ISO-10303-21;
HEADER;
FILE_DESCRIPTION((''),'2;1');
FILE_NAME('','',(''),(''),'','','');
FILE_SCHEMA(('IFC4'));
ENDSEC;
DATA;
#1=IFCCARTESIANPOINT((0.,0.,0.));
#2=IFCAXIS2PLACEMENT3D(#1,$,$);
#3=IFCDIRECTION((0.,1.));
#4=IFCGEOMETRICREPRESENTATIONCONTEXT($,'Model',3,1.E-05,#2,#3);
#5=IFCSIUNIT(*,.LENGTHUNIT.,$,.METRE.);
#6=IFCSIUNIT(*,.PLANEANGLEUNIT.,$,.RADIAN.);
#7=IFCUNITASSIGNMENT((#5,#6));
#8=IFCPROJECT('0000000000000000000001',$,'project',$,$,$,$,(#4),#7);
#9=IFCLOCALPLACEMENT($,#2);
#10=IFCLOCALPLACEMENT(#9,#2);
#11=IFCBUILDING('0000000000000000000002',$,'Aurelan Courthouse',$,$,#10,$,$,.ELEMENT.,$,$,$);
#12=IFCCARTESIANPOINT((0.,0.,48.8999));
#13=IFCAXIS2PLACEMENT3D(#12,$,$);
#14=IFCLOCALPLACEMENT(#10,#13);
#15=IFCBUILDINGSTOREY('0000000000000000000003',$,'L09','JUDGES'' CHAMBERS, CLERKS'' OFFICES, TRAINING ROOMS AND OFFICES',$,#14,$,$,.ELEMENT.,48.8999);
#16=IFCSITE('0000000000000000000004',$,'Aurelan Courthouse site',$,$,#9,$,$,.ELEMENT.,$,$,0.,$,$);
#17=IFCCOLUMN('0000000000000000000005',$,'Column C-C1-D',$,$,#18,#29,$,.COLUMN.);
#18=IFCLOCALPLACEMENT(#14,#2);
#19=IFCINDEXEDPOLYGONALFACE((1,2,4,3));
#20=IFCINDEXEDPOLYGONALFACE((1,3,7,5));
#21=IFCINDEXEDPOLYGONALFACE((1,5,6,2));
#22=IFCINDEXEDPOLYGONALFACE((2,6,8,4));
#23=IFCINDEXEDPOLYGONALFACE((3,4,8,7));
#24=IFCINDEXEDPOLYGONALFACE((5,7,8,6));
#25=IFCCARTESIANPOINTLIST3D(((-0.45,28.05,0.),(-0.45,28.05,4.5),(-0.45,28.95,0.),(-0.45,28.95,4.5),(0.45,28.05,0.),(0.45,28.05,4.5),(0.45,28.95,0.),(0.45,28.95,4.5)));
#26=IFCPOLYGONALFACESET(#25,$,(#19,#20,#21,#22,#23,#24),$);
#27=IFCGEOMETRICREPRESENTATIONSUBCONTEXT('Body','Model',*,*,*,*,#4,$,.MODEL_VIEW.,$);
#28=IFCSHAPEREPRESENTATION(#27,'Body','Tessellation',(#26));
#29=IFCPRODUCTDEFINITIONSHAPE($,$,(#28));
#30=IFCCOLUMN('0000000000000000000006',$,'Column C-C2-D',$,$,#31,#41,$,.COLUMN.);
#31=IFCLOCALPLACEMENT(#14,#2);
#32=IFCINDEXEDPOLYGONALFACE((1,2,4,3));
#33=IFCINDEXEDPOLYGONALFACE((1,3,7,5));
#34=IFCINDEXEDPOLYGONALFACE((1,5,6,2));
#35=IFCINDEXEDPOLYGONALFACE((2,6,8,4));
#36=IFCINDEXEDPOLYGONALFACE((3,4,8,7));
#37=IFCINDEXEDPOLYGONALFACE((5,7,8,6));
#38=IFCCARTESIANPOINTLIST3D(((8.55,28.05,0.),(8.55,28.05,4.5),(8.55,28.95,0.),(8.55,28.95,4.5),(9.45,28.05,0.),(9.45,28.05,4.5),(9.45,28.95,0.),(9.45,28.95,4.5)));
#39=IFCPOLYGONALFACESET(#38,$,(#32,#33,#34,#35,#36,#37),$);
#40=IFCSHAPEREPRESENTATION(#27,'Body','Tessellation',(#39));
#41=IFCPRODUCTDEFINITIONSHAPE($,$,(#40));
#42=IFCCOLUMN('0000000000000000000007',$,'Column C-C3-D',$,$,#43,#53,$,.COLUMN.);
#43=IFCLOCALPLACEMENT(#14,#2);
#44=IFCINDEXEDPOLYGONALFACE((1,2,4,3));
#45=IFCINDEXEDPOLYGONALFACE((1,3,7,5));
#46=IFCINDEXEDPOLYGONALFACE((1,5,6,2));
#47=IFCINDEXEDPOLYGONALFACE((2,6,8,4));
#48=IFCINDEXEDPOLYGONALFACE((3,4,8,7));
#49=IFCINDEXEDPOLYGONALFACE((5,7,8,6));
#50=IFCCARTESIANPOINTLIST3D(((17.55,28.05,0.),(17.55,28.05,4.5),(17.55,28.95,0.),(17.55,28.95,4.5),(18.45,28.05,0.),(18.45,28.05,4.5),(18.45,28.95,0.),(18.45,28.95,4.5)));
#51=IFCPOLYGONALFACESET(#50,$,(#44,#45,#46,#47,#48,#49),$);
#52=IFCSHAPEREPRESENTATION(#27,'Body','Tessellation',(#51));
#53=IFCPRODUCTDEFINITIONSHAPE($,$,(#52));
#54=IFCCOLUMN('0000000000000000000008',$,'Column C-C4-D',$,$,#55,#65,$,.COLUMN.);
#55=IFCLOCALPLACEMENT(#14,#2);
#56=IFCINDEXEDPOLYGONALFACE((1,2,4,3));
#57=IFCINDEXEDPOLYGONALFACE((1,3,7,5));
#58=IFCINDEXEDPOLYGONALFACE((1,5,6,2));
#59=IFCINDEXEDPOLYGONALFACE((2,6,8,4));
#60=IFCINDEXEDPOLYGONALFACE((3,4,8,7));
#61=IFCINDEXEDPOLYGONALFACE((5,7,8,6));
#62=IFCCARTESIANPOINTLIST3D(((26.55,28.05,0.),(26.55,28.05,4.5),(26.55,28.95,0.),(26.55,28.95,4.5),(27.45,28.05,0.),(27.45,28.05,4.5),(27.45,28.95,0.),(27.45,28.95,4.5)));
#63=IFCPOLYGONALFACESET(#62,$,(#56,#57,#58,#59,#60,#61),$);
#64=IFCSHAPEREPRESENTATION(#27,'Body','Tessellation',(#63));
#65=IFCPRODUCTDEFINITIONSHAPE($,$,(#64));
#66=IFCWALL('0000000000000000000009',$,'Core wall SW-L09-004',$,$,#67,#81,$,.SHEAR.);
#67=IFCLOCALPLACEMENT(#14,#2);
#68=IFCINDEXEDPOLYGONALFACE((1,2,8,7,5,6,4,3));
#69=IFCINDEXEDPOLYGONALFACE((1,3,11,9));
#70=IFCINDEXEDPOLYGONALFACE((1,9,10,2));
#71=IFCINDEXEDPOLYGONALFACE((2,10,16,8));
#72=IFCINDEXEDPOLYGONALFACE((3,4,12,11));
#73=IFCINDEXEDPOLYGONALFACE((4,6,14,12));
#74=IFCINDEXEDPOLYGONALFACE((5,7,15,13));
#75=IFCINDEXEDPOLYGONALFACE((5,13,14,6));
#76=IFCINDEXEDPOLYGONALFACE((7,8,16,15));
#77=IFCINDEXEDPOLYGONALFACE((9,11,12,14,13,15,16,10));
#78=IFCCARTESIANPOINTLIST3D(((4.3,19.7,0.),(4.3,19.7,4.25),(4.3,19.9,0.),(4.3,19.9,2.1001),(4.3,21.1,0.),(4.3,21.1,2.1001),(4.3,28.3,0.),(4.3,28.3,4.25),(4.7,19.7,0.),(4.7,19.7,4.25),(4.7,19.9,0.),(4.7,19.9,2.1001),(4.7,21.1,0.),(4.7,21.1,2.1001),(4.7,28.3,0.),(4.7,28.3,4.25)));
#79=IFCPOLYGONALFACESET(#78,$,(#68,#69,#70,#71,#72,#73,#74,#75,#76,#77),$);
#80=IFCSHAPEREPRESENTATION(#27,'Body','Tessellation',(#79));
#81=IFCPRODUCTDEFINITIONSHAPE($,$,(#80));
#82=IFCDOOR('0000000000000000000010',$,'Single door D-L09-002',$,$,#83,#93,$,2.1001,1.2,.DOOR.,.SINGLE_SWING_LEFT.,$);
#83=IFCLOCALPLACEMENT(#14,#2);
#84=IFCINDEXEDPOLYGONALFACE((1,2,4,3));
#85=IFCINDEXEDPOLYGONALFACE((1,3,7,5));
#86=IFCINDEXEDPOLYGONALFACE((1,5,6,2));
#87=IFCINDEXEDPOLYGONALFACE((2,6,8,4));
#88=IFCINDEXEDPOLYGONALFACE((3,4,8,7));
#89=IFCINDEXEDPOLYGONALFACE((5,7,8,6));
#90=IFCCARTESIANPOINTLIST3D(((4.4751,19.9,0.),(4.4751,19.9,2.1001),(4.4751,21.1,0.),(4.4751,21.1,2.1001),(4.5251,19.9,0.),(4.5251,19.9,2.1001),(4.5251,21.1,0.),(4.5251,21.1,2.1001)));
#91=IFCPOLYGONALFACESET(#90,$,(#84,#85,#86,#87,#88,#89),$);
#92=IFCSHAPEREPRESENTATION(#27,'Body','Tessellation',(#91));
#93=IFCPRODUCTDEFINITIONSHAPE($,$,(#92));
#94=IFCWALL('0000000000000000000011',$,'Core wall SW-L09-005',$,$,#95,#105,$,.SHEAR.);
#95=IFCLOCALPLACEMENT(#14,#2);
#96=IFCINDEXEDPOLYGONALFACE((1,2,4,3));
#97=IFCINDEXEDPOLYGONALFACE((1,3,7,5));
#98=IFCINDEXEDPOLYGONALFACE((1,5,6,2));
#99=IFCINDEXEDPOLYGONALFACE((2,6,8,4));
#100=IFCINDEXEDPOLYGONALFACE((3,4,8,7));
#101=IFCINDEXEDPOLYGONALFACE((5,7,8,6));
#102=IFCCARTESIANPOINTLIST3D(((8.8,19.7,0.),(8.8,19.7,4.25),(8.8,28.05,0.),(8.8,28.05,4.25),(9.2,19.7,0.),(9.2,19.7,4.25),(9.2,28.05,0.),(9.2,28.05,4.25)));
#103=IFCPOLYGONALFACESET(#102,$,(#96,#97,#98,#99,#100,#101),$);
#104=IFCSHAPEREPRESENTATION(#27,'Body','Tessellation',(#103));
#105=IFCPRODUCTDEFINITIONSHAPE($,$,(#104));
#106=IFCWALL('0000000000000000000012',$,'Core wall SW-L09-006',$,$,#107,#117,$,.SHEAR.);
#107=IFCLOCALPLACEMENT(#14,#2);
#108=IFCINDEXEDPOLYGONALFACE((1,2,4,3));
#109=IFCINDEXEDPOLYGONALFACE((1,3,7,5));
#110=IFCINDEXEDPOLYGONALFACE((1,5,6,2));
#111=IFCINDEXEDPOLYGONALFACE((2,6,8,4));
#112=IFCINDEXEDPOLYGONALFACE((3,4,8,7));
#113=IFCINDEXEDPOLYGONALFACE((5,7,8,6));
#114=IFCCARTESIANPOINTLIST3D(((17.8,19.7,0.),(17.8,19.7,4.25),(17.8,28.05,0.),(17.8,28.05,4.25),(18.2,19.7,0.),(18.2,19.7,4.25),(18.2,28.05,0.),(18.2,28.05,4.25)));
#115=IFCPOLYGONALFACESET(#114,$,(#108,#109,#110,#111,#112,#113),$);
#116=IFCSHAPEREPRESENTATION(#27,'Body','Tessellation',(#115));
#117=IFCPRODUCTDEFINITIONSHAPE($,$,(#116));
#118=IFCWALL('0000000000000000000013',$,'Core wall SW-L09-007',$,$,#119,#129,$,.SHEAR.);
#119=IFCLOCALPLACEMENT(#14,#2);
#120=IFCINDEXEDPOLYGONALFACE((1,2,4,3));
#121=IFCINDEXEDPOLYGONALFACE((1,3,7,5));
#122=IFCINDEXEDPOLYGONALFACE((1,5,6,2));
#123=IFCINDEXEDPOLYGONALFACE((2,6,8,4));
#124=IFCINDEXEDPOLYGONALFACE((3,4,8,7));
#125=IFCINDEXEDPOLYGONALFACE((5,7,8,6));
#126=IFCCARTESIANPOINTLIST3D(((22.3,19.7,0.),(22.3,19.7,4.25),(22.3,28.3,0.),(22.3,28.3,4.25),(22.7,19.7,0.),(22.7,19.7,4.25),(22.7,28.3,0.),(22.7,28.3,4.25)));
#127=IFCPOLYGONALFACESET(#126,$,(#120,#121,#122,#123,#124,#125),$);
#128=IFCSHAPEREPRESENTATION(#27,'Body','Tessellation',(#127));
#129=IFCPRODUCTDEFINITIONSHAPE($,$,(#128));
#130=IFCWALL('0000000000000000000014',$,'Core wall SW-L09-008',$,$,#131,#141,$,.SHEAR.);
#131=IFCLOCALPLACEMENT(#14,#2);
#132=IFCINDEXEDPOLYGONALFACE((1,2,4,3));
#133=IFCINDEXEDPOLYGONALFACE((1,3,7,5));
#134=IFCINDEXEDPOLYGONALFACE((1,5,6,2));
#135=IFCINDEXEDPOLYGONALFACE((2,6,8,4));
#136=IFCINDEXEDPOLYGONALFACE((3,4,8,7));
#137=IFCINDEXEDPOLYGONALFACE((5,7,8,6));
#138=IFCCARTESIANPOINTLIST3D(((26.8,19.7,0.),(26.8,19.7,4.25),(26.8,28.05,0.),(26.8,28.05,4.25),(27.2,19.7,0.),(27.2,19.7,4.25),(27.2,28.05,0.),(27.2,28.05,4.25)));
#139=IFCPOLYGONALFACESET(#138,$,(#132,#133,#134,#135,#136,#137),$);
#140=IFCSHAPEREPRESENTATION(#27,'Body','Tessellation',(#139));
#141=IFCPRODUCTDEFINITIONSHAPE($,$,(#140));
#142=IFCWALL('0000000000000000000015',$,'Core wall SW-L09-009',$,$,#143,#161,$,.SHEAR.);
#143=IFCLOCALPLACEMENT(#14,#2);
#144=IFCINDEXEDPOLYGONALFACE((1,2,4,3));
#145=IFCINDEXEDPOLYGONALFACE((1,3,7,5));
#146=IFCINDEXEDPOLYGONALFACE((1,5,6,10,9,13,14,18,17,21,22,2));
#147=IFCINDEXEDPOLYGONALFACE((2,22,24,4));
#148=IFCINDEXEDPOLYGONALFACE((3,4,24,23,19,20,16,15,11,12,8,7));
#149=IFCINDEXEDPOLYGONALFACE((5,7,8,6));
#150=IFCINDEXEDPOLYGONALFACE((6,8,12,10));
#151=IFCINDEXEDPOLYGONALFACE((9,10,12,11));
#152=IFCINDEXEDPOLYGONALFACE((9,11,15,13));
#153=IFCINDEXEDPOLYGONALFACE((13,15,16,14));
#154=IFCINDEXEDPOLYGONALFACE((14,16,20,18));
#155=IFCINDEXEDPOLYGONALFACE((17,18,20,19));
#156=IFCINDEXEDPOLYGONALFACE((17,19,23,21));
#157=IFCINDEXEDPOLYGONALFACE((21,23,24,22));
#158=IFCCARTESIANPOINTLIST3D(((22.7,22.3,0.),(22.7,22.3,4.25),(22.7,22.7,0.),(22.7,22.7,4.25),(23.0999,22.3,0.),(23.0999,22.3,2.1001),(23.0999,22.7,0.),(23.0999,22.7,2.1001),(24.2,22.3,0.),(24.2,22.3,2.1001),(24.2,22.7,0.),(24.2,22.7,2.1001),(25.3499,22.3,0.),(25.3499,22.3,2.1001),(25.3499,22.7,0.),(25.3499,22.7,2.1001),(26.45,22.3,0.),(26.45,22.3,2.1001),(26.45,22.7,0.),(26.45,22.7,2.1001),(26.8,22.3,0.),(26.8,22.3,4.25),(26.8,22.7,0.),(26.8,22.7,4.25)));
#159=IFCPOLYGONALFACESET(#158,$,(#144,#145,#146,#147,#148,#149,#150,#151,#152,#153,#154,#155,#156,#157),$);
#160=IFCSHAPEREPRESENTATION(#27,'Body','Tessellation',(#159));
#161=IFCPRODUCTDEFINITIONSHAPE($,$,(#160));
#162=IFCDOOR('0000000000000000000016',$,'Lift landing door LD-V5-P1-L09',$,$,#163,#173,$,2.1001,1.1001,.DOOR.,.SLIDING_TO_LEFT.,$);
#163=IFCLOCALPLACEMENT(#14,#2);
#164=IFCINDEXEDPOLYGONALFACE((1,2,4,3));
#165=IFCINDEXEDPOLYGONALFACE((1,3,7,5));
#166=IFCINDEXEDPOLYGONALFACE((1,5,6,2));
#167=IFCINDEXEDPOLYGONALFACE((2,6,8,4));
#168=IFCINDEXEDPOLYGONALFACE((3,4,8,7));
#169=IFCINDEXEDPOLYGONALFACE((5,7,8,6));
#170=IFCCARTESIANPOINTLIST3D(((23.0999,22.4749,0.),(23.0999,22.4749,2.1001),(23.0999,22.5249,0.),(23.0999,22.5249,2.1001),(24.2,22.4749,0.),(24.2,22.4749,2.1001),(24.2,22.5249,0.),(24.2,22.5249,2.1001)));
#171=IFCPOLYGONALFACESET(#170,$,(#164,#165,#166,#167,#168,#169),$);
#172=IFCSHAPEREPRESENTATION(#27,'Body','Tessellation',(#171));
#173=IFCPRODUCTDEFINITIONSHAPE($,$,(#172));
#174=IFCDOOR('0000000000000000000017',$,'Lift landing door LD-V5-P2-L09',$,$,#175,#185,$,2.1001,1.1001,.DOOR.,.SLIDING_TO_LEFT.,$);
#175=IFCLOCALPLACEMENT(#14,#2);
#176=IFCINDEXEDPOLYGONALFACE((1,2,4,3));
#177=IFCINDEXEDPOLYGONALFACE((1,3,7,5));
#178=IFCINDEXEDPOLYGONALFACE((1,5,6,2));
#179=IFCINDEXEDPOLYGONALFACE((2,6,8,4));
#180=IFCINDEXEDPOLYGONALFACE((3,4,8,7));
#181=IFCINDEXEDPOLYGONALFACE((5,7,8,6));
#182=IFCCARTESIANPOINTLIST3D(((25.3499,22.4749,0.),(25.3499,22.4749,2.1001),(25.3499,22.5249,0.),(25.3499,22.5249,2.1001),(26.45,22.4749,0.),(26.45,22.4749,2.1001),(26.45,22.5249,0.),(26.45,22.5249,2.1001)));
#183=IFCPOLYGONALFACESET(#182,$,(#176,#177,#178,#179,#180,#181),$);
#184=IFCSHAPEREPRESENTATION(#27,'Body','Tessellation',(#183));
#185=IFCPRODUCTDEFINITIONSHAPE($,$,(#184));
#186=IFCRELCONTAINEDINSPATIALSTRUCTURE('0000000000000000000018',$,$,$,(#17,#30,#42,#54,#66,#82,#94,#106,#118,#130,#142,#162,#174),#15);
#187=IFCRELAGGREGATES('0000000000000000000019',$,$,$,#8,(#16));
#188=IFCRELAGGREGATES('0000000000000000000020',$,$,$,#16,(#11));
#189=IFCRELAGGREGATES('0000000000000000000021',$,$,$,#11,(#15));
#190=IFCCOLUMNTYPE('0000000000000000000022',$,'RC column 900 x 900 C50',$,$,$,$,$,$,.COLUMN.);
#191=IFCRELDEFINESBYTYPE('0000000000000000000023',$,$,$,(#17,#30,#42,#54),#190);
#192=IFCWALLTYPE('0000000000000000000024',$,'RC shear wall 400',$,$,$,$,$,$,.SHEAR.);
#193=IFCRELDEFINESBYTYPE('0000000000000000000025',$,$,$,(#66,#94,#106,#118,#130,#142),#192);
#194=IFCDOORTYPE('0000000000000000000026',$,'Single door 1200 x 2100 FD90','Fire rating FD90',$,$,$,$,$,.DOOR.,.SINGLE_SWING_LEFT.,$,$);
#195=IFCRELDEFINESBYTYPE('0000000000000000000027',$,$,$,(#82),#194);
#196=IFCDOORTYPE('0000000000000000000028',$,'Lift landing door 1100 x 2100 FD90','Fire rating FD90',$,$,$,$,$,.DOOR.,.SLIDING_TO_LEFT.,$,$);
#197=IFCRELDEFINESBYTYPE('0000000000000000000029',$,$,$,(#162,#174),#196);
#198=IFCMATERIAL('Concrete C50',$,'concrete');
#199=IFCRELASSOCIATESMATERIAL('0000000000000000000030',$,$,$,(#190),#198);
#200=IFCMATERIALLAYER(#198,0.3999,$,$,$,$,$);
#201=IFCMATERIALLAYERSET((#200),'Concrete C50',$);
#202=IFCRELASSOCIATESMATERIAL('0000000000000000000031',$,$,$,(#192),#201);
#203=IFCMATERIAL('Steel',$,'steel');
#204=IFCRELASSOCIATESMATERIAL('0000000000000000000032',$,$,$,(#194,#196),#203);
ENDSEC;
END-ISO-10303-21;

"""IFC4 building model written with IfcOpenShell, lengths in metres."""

from ifc_helpers import new_model, si_unit, direction, frame, frame_2d, origin, origin_2d, place, context, subcontext, project, spatial, rectangle, extrude, material, layer, layer_set, material_profile, profile_set, type_object, element, fill, save


model = new_model("IFC4")

# Units and contexts
model_context = context("Model", 3, precision=1e-05, world=origin(), true_north=direction((0.0, 1.0)))
body_context = subcontext(model_context, "Body", "Model", "MODEL_VIEW")
ifc_project = project(units=[si_unit("LENGTHUNIT", "METRE"), si_unit("PLANEANGLEUNIT", "RADIAN")], contexts=[model_context])

# Site, building, storey
site_placement = place(None, origin())
site = spatial("IfcSite", under=ifc_project, at=site_placement, Name="Aurelan Courthouse site", CompositionType="ELEMENT", RefElevation=0.0)
building_placement = place(site_placement, origin())
building = spatial("IfcBuilding", under=site, at=building_placement, Name="Aurelan Courthouse", CompositionType="ELEMENT")
storey_placement = place(building_placement, frame((0.0, 0.0, 48.8999)))
storey = spatial("IfcBuildingStorey", under=building, at=storey_placement, Name="L09", Description="JUDGES' CHAMBERS, CLERKS' OFFICES, TRAINING ROOMS AND OFFICES", CompositionType="ELEMENT", Elevation=48.8999)

# Columns
ifc_material_1 = material(Name="Concrete C50", Category="concrete")
ifc_material_profile = material_profile(ifc_material_1, rectangle(XDim=0.8999, YDim=0.8999, at=origin_2d()), Name="RC 900 x 900")
ifc_profile_set = profile_set([ifc_material_profile], Name="Concrete C50")
column_type = type_object("IfcColumnType", Name="RC column 900 x 900 C50", PredefinedType="COLUMN", material=ifc_profile_set)
for number, where, z_axis, x_axis, name in (
    (1, (0.0, 28.5, 0.0), (0.0, 0.0, 1.0), (1.0, 0.0, 0.0), "Column C-C1-D"),
    (2, (9.0, 28.5, 0.0), (0.0, 0.0, 1.0), (1.0, 0.0, 0.0), "Column C-C2-D"),
    (3, (18.0, 28.5, 0.0), (0.0, 0.0, 1.0), (1.0, 0.0, 0.0), "Column C-C3-D"),
    (4, (27.0, 28.5, 0.0), (0.0, 0.0, 1.0), (1.0, 0.0, 0.0), "Column C-C4-D"),
):
    element("IfcColumn", number, at=place(storey_placement, frame(where, z_axis=z_axis, x_axis=x_axis)), inside=storey, type_object=column_type, Name=name, PredefinedType="COLUMN", context=body_context, shape_type="SweptSolid", body=[
        extrude(rectangle(XDim=0.8999, YDim=0.8999, at=origin_2d()), origin(), (0.0, 0.0, 1.0), 4.5),
    ])

# Wall, opening, door
ifc_layer = layer(ifc_material_1, 0.3999)
ifc_layer_set = layer_set([ifc_layer], Name="Concrete C50")
wall_type = type_object("IfcWallType", Name="RC shear wall 400", PredefinedType="SHEAR", material=ifc_layer_set)
wall_1_placement = place(storey_placement, frame((4.5, 19.7, 0.0), z_axis=(0.0, 0.0, 1.0), x_axis=(0.0, 1.0, 0.0)))
wall_1 = element("IfcWall", 5, at=wall_1_placement, inside=storey, type_object=wall_type, Name="Core wall SW-L09-004", PredefinedType="SHEAR", context=body_context, shape_type="SweptSolid", body=[
    extrude(rectangle(XDim=8.6001, YDim=0.3999, at=frame_2d((4.3, 0.0))), origin(), (0.0, 0.0, 1.0), 4.25),
])
opening_1_placement = place(wall_1_placement, frame((0.2, 0.0, 0.0)))
opening_1 = element("IfcOpeningElement", 6, at=opening_1_placement, cuts=wall_1, PredefinedType="OPENING", context=body_context, shape_type="SweptSolid", body=[
    extrude(rectangle(XDim=1.2, YDim=2.1001, at=frame_2d((0.6001, 1.05))), frame((0.0, 0.21, 0.0), z_axis=(0.0, -1.0, 0.0), x_axis=(1.0, 0.0, 0.0)), (0.0, 0.0, 1.0), 0.4199),
])
ifc_material_2 = material(Name="Steel", Category="steel")
door_type_1 = type_object("IfcDoorType", Name="Single door 1200 x 2100 FD90", Description="Fire rating FD90", OperationType="SINGLE_SWING_LEFT", PredefinedType="DOOR", material=ifc_material_2)
door_1_placement = place(opening_1_placement, origin())
door_1 = element("IfcDoor", 7, at=door_1_placement, inside=storey, type_object=door_type_1, Name="Single door D-L09-002", OperationType="SINGLE_SWING_LEFT", OverallHeight=2.1001, OverallWidth=1.2, PredefinedType="DOOR", context=body_context, shape_type="SweptSolid", body=[
    extrude(rectangle(XDim=1.2, YDim=2.1001, at=frame_2d((0.6001, 1.05))), frame((0.0, 0.0249, 0.0), z_axis=(0.0, -1.0, 0.0), x_axis=(1.0, 0.0, 0.0)), (0.0, 0.0, 1.0), 0.05),
])
fill(opening_1, door_1)

# Walls
for number, where, z_axis, x_axis, name in (
    (8, (9.0, 19.7, 0.0), (0.0, 0.0, 1.0), (0.0, 1.0, 0.0), "Core wall SW-L09-005"),
    (9, (18.0, 19.7, 0.0), (0.0, 0.0, 1.0), (0.0, 1.0, 0.0), "Core wall SW-L09-006"),
):
    element("IfcWall", number, at=place(storey_placement, frame(where, z_axis=z_axis, x_axis=x_axis)), inside=storey, type_object=wall_type, Name=name, PredefinedType="SHEAR", context=body_context, shape_type="SweptSolid", body=[
        extrude(rectangle(XDim=8.3501, YDim=0.3999, at=frame_2d((4.175, 0.0))), origin(), (0.0, 0.0, 1.0), 4.25),
    ])
wall_2_placement = place(storey_placement, frame((22.5, 19.7, 0.0), z_axis=(0.0, 0.0, 1.0), x_axis=(0.0, 1.0, 0.0)))
element("IfcWall", 10, at=wall_2_placement, inside=storey, type_object=wall_type, Name="Core wall SW-L09-007", PredefinedType="SHEAR", context=body_context, shape_type="SweptSolid", body=[
    extrude(rectangle(XDim=8.6001, YDim=0.3999, at=frame_2d((4.3, 0.0))), origin(), (0.0, 0.0, 1.0), 4.25),
])
wall_3_placement = place(storey_placement, frame((27.0, 19.7, 0.0), z_axis=(0.0, 0.0, 1.0), x_axis=(0.0, 1.0, 0.0)))
element("IfcWall", 11, at=wall_3_placement, inside=storey, type_object=wall_type, Name="Core wall SW-L09-008", PredefinedType="SHEAR", context=body_context, shape_type="SweptSolid", body=[
    extrude(rectangle(XDim=8.3501, YDim=0.3999, at=frame_2d((4.175, 0.0))), origin(), (0.0, 0.0, 1.0), 4.25),
])

# Wall, openings, doors
wall_4_placement = place(storey_placement, frame((22.7, 22.5, 0.0), z_axis=(0.0, 0.0, 1.0), x_axis=(1.0, 0.0, 0.0)))
wall_4 = element("IfcWall", 12, at=wall_4_placement, inside=storey, type_object=wall_type, Name="Core wall SW-L09-009", PredefinedType="SHEAR", context=body_context, shape_type="SweptSolid", body=[
    extrude(rectangle(XDim=4.1001, YDim=0.3999, at=frame_2d((2.05, 0.0))), origin(), (0.0, 0.0, 1.0), 4.25),
])
opening_2_placement = place(wall_4_placement, frame((0.3999, 0.0, 0.0)))
opening_2 = element("IfcOpeningElement", 13, at=opening_2_placement, cuts=wall_4, PredefinedType="OPENING", context=body_context, shape_type="SweptSolid", body=[
    extrude(rectangle(XDim=1.1001, YDim=2.1001, at=frame_2d((0.55, 1.05))), frame((0.0, 0.21, 0.0), z_axis=(0.0, -1.0, 0.0), x_axis=(1.0, 0.0, 0.0)), (0.0, 0.0, 1.0), 0.4199),
])
opening_3_placement = place(wall_4_placement, frame((2.6499, 0.0, 0.0)))
opening_3 = element("IfcOpeningElement", 14, at=opening_3_placement, cuts=wall_4, PredefinedType="OPENING", context=body_context, shape_type="SweptSolid", body=[
    extrude(rectangle(XDim=1.1001, YDim=2.1001, at=frame_2d((0.55, 1.05))), frame((0.0, 0.21, 0.0), z_axis=(0.0, -1.0, 0.0), x_axis=(1.0, 0.0, 0.0)), (0.0, 0.0, 1.0), 0.4199),
])
door_type_2 = type_object("IfcDoorType", Name="Lift landing door 1100 x 2100 FD90", Description="Fire rating FD90", OperationType="SLIDING_TO_LEFT", PredefinedType="DOOR", material=ifc_material_2)
door_2_placement = place(opening_2_placement, origin())
door_2 = element("IfcDoor", 15, at=door_2_placement, inside=storey, type_object=door_type_2, Name="Lift landing door LD-V5-P1-L09", OperationType="SLIDING_TO_LEFT", OverallHeight=2.1001, OverallWidth=1.1001, PredefinedType="DOOR", context=body_context, shape_type="SweptSolid", body=[
    extrude(rectangle(XDim=1.1001, YDim=2.1001, at=frame_2d((0.55, 1.05))), frame((0.0, 0.0249, 0.0), z_axis=(0.0, -1.0, 0.0), x_axis=(1.0, 0.0, 0.0)), (0.0, 0.0, 1.0), 0.05),
])
fill(opening_2, door_2)
door_3_placement = place(opening_3_placement, origin())
door_3 = element("IfcDoor", 16, at=door_3_placement, inside=storey, type_object=door_type_2, Name="Lift landing door LD-V5-P2-L09", OperationType="SLIDING_TO_LEFT", OverallHeight=2.1001, OverallWidth=1.1001, PredefinedType="DOOR", context=body_context, shape_type="SweptSolid", body=[
    extrude(rectangle(XDim=1.1001, YDim=2.1001, at=frame_2d((0.55, 1.05))), frame((0.0, 0.0249, 0.0), z_axis=(0.0, -1.0, 0.0), x_axis=(1.0, 0.0, 0.0)), (0.0, 0.0, 1.0), 0.05),
])
fill(opening_3, door_3)

save(model, "model.ifc")
